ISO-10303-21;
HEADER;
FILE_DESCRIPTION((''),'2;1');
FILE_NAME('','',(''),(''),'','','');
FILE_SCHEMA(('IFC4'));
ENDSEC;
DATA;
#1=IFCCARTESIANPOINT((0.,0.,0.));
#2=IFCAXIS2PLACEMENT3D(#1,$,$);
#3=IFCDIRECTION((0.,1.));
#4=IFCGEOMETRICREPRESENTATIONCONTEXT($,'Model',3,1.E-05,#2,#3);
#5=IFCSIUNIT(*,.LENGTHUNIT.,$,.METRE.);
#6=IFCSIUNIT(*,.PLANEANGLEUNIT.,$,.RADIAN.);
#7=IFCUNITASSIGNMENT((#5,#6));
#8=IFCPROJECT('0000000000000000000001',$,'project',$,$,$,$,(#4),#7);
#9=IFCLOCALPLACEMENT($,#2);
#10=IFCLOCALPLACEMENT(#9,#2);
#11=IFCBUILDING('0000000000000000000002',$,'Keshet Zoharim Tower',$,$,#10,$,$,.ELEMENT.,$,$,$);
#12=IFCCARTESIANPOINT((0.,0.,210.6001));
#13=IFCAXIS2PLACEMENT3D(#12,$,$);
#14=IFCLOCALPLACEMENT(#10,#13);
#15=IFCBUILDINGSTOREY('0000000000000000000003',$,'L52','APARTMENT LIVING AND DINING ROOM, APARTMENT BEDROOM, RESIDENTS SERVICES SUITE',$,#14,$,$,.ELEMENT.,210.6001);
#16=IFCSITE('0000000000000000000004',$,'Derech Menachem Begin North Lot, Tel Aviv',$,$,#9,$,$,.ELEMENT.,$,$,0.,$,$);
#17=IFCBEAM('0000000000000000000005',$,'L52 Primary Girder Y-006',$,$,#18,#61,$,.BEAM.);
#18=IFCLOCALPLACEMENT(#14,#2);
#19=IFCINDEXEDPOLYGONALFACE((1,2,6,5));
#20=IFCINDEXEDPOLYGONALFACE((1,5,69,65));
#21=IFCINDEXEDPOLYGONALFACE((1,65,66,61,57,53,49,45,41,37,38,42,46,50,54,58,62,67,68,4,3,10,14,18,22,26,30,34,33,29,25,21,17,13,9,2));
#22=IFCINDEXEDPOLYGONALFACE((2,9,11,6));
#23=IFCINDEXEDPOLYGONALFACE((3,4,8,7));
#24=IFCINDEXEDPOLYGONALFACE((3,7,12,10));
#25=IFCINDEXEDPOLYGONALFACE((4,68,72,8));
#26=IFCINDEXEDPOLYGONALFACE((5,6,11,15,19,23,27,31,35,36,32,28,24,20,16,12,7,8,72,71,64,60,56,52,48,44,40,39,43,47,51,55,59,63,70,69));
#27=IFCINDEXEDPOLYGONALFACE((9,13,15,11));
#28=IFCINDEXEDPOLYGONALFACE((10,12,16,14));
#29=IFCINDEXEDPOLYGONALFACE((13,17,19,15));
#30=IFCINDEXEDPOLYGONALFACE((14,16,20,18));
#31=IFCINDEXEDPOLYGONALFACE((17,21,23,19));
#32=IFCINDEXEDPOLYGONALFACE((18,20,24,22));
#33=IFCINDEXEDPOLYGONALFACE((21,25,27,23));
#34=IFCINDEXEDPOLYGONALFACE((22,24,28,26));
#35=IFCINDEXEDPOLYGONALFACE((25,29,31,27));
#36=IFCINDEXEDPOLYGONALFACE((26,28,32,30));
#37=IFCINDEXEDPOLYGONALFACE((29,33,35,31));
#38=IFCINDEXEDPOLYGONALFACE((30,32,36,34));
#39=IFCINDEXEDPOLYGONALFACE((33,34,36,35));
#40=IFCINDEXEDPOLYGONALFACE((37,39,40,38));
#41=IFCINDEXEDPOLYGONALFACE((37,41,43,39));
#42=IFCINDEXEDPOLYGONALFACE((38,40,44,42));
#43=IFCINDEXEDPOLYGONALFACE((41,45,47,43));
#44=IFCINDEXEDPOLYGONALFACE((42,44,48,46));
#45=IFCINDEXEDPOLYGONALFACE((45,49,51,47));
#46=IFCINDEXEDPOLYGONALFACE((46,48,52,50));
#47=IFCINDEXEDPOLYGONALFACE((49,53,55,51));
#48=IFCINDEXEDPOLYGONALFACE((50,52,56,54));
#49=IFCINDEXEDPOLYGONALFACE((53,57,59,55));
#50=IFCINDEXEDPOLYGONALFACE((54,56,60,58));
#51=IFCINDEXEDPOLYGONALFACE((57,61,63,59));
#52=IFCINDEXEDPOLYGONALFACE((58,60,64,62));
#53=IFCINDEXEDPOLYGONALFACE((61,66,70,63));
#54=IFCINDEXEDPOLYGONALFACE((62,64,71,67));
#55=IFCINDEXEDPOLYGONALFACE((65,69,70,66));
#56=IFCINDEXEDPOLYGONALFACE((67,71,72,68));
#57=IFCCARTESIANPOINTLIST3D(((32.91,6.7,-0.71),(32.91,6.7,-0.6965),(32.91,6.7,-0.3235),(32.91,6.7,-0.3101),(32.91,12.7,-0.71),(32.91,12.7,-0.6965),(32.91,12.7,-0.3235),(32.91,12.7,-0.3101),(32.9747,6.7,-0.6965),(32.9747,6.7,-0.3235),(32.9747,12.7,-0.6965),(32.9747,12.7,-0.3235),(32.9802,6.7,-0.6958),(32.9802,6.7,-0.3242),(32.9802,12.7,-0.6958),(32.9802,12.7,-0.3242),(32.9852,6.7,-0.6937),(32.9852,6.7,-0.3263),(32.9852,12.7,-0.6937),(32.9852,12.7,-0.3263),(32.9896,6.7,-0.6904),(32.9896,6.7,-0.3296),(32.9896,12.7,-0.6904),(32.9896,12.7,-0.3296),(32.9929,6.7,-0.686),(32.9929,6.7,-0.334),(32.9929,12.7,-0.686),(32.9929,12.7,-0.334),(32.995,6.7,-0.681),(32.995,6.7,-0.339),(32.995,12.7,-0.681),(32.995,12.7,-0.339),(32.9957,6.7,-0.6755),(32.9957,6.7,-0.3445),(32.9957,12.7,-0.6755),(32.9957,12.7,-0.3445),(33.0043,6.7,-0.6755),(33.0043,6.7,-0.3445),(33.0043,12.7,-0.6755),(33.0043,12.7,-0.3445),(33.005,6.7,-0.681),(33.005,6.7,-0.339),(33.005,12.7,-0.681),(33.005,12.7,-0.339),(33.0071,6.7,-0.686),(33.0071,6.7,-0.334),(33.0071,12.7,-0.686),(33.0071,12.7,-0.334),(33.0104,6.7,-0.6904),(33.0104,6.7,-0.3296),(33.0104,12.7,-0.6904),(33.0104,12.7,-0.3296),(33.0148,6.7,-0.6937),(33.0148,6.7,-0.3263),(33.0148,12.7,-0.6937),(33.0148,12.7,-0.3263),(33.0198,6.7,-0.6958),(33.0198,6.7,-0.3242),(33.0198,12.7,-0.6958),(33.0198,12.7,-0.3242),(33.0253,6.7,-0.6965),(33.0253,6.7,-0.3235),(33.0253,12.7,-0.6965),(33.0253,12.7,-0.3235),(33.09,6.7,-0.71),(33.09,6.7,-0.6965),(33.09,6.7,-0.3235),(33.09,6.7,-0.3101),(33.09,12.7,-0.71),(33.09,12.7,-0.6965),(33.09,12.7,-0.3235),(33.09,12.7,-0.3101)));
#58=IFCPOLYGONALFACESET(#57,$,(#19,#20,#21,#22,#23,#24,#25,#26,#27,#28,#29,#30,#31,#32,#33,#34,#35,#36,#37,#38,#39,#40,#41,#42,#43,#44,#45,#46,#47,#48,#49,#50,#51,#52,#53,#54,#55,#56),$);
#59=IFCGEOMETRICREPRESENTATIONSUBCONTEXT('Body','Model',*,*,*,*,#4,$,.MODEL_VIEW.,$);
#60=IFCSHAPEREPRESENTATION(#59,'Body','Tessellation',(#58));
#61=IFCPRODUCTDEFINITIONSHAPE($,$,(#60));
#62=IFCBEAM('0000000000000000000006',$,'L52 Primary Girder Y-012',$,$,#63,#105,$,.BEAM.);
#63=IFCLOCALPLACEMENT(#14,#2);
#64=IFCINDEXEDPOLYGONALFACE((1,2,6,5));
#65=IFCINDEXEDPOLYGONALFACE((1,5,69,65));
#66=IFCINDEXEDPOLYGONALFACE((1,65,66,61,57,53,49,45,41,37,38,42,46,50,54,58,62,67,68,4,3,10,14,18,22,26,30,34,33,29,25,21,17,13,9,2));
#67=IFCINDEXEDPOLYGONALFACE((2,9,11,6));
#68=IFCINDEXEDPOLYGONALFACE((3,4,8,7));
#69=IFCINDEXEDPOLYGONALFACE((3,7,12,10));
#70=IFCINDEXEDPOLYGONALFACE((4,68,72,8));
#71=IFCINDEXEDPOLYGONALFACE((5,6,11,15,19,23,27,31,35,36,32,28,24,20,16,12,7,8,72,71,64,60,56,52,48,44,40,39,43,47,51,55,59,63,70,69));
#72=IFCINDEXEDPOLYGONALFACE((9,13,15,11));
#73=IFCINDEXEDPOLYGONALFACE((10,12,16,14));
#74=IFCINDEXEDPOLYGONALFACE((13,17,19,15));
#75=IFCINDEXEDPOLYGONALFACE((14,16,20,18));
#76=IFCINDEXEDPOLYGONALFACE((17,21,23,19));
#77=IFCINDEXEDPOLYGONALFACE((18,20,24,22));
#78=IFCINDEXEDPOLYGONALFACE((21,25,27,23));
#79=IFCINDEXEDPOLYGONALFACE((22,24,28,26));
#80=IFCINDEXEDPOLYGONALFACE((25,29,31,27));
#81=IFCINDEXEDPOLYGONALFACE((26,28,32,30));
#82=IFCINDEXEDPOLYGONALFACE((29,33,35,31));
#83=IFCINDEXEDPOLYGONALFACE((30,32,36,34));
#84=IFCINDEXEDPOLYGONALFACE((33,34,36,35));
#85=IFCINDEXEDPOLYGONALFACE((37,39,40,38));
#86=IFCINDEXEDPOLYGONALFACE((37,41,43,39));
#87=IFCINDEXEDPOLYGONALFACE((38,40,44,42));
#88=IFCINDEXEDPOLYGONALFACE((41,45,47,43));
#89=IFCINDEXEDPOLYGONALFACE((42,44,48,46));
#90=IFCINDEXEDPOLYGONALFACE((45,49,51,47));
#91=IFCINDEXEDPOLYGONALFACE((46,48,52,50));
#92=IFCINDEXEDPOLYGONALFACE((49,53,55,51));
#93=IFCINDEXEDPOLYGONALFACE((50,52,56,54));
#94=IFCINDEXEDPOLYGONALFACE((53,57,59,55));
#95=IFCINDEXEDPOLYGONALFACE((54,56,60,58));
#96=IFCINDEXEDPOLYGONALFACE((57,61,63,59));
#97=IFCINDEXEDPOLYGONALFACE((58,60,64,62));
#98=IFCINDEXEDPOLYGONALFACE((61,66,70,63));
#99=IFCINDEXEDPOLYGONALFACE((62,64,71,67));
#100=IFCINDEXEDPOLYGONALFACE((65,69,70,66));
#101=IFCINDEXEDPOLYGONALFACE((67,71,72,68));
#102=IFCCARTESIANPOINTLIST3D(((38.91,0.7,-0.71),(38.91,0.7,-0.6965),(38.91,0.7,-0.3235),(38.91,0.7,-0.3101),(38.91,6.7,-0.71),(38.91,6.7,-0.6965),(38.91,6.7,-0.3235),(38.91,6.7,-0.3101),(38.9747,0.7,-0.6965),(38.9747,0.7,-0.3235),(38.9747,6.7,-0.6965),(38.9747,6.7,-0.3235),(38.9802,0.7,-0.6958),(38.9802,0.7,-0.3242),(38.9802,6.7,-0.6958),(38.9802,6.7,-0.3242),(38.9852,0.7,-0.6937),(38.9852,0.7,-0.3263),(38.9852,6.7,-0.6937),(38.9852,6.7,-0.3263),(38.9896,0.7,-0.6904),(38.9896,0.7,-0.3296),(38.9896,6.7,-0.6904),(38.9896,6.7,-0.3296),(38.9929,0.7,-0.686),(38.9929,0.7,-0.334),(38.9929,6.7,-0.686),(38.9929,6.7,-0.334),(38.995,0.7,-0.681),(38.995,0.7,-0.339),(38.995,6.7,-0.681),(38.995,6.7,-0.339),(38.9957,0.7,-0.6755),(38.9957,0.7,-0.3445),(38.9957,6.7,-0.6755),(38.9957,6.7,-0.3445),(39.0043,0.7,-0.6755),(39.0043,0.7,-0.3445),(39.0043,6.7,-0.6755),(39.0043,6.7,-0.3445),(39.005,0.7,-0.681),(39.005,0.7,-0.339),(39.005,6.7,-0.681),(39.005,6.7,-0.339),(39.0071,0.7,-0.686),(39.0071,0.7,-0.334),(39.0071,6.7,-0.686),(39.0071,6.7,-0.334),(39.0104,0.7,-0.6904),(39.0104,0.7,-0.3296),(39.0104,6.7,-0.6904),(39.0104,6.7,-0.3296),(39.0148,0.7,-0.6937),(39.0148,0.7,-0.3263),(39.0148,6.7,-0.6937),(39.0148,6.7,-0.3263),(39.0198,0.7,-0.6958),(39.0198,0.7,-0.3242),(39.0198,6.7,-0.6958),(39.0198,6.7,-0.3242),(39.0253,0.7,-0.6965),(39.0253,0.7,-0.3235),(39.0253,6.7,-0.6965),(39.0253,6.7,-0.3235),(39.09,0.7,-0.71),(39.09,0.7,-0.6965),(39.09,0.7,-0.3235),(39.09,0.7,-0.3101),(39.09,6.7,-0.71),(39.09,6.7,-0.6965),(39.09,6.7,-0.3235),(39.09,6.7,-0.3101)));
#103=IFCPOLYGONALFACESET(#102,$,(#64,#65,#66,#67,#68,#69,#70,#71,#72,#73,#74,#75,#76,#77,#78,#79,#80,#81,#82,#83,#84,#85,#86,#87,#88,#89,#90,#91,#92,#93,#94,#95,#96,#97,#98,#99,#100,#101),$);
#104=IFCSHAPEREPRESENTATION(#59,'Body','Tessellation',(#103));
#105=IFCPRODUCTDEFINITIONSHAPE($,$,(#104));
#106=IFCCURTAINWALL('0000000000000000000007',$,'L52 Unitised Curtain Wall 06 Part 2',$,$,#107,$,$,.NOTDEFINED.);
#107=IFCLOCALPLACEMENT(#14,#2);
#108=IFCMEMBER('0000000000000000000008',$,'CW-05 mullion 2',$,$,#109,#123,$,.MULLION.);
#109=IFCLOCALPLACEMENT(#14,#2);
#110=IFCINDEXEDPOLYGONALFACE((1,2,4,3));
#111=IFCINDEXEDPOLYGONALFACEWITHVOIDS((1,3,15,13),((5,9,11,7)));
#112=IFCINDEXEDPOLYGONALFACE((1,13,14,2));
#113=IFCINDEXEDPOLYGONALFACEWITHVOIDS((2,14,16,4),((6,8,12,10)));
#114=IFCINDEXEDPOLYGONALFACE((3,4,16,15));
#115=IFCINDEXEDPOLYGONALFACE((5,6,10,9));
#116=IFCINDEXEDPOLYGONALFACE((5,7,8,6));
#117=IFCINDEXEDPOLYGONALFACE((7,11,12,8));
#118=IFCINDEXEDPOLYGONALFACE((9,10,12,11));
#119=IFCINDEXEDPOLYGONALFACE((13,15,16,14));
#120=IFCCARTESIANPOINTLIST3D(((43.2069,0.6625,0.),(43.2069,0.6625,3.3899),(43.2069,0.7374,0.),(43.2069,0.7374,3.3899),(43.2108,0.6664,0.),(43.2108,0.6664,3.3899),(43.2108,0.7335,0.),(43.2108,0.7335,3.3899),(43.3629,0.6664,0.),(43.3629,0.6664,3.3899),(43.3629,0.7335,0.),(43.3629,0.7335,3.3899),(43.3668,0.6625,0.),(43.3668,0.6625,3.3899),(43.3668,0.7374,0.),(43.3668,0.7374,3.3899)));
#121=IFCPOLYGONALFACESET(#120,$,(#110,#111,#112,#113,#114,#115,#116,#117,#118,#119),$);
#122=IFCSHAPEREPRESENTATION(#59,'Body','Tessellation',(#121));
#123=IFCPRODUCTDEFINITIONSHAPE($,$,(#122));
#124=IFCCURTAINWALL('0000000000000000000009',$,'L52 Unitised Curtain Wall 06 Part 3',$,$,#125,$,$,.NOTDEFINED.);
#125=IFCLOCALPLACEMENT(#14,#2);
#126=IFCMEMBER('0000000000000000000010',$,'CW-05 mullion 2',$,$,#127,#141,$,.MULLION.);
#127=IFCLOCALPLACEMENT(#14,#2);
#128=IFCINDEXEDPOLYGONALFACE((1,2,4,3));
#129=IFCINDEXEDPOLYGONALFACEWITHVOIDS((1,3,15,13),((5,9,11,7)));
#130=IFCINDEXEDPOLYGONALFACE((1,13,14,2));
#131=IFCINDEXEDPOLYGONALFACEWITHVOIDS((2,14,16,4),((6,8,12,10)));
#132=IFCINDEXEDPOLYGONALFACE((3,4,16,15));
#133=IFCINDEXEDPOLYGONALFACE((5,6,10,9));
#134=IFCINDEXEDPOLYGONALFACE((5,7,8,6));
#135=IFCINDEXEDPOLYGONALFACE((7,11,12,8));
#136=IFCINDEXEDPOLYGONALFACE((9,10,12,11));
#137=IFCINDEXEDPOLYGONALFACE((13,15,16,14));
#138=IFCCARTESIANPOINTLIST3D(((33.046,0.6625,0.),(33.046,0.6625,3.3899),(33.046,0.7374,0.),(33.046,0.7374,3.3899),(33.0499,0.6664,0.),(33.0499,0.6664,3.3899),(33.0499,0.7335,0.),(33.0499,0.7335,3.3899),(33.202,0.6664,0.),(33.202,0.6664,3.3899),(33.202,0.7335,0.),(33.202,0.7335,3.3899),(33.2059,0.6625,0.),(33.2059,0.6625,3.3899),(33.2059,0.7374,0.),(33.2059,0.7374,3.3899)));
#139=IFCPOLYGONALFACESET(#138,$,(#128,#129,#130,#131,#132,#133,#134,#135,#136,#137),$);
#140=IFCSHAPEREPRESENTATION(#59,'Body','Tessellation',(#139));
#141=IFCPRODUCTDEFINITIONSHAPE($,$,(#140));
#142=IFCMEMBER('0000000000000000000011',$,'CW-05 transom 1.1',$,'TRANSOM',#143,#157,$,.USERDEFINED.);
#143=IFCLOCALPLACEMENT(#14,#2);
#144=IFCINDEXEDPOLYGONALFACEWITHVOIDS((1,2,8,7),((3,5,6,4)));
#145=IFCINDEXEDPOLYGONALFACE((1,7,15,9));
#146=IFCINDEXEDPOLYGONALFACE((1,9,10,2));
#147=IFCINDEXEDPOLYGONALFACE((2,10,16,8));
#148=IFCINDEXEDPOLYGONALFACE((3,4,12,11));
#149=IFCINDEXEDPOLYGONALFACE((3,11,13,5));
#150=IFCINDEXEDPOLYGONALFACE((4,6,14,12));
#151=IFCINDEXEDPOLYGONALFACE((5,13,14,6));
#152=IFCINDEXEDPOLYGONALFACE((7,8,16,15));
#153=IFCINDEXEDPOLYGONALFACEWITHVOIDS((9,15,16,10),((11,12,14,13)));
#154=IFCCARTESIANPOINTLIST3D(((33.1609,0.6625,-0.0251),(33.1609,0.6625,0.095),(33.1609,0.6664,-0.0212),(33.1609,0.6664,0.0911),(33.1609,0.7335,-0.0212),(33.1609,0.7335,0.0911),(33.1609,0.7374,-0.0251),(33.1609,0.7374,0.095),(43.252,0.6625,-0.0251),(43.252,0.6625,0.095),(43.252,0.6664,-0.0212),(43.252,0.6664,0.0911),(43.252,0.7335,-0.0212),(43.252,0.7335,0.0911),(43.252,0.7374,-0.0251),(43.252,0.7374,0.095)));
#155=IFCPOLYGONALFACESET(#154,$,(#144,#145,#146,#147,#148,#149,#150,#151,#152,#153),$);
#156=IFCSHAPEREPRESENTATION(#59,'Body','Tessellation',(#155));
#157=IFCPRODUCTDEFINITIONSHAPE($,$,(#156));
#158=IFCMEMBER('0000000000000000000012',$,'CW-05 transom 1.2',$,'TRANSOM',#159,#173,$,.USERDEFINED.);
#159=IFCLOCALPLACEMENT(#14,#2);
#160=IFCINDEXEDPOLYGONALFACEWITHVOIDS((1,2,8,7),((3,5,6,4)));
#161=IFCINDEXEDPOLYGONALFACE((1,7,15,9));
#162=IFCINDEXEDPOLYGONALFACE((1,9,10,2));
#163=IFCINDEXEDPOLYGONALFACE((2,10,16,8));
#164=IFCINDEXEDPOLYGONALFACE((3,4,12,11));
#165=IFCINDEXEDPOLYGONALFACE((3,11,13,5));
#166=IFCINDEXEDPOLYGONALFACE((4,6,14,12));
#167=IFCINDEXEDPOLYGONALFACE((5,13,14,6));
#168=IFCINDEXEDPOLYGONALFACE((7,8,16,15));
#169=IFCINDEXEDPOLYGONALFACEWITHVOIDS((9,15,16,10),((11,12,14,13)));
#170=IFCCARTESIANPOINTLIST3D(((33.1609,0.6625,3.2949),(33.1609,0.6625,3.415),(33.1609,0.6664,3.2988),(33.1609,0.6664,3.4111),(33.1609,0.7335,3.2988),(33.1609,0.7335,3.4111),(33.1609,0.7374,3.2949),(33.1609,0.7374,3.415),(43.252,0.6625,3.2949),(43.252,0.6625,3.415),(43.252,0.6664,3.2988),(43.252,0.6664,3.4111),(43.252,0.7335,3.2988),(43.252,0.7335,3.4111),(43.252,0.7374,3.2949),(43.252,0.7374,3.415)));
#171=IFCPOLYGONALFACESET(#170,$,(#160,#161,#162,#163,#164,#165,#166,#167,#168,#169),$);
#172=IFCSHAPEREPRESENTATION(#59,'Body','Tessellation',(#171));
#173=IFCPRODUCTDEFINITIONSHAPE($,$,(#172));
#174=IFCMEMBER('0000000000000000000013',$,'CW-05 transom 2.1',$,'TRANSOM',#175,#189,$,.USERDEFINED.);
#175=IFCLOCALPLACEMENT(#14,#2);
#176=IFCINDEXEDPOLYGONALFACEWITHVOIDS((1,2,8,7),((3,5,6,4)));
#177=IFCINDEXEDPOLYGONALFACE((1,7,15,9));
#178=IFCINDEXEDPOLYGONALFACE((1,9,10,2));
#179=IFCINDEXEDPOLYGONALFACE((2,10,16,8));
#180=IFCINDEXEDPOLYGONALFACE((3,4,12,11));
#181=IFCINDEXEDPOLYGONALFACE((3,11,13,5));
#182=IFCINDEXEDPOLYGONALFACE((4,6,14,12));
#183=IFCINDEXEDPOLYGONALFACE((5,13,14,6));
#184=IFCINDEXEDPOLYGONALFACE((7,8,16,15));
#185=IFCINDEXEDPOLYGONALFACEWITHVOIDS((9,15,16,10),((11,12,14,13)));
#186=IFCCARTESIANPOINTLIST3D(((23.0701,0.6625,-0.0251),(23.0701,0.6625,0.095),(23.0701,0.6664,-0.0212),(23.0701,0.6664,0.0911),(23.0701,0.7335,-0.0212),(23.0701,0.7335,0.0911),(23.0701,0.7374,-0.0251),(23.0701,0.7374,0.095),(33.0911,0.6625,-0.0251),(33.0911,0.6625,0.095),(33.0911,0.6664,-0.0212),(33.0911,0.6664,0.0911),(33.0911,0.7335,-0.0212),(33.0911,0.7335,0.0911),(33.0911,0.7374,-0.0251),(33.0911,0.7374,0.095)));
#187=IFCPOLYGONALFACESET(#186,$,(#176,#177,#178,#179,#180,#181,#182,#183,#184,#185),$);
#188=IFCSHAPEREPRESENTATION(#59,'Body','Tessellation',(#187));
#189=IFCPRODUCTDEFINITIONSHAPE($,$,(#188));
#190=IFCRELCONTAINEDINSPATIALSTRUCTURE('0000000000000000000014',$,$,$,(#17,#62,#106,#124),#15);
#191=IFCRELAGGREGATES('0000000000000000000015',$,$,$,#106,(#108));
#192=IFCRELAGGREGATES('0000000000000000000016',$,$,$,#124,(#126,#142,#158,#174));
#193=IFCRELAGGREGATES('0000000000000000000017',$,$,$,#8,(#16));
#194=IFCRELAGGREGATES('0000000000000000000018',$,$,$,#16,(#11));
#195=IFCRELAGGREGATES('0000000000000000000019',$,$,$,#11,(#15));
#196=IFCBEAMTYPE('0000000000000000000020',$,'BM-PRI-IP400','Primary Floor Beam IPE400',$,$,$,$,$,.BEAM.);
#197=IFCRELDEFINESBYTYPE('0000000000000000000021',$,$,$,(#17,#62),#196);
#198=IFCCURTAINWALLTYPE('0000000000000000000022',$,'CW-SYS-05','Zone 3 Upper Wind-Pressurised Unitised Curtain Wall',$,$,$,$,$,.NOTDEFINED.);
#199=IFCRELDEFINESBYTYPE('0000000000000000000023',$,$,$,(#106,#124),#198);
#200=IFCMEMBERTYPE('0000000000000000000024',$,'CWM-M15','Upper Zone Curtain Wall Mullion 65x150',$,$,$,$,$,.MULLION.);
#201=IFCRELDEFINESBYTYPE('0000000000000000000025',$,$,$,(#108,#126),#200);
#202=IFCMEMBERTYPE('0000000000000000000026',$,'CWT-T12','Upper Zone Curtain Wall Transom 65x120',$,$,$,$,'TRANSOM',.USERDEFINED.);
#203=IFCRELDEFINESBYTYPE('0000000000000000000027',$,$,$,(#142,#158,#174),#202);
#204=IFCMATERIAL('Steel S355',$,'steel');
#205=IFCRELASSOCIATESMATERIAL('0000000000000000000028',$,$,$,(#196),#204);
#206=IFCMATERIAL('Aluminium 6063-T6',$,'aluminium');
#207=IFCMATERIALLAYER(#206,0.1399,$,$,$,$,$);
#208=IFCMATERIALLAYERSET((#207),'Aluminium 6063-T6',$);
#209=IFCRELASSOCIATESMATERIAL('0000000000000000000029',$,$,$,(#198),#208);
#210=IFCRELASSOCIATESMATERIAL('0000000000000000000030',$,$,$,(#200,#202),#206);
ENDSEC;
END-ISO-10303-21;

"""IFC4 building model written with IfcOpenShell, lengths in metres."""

from ifc_helpers import new_model, si_unit, direction, frame, origin, origin_2d, place, context, subcontext, project, spatial, hollow_rectangle, i_section, extrude, material, layer, layer_set, material_profile, profile_set, type_object, element, aggregate, save


model = new_model("IFC4")

# Units and contexts
model_context = context("Model", 3, precision=1e-05, world=origin(), true_north=direction((0.0, 1.0)))
body_context = subcontext(model_context, "Body", "Model", "MODEL_VIEW")
ifc_project = project(units=[si_unit("LENGTHUNIT", "METRE"), si_unit("PLANEANGLEUNIT", "RADIAN")], contexts=[model_context])

# Site, building, storey
site_placement = place(None, origin())
site = spatial("IfcSite", under=ifc_project, at=site_placement, Name="Derech Menachem Begin North Lot, Tel Aviv", CompositionType="ELEMENT", RefElevation=0.0)
building_placement = place(site_placement, origin())
building = spatial("IfcBuilding", under=site, at=building_placement, Name="Keshet Zoharim Tower", CompositionType="ELEMENT")
storey_placement = place(building_placement, frame((0.0, 0.0, 210.6001)))
storey = spatial("IfcBuildingStorey", under=building, at=storey_placement, Name="L52", Description="APARTMENT LIVING AND DINING ROOM, APARTMENT BEDROOM, RESIDENTS SERVICES SUITE", CompositionType="ELEMENT", Elevation=210.6001)

# Shared definitions
ifc_material_1 = material(Name="Steel S355", Category="steel")

# Beams
ifc_material_profile_1 = material_profile(ifc_material_1, i_section(OverallWidth=0.1799, OverallDepth=0.3999, WebThickness=0.0085, FlangeThickness=0.0134, FilletRadius=0.021, at=origin_2d()), Name="IPE400")
ifc_profile_set_1 = profile_set([ifc_material_profile_1], Name="Steel S355")
beam_type_1 = type_object("IfcBeamType", Name="BM-PRI-IP400", Description="Primary Floor Beam IPE400", PredefinedType="BEAM", material=ifc_profile_set_1)
for number, where, z_axis, x_axis, name in (
    (1, (33.0, 6.7, -0.51), (0.0, 1.0, 0.0), (-1.0, 0.0, 0.0), "L52 Primary Girder Y-006"),
    (2, (39.0, 0.7, -0.51), (0.0, 1.0, 0.0), (-1.0, 0.0, 0.0), "L52 Primary Girder Y-012"),
):
    element("IfcBeam", number, at=place(storey_placement, frame(where, z_axis=z_axis, x_axis=x_axis)), inside=storey, type_object=beam_type_1, Name=name, PredefinedType="BEAM", context=body_context, shape_type="SweptSolid", body=[
        extrude(i_section(OverallWidth=0.1799, OverallDepth=0.3999, WebThickness=0.0085, FlangeThickness=0.0134, FilletRadius=0.021, at=origin_2d()), origin(), (0.0, 0.0, 1.0), 6.0),
    ])

# Curtain wall, member
ifc_material_2 = material(Name="Aluminium 6063-T6", Category="aluminium")
ifc_layer_1 = layer(ifc_material_2, 0.1399)
ifc_layer_set_1 = layer_set([ifc_layer_1], Name="Aluminium 6063-T6")
curtain_wall_type = type_object("IfcCurtainWallType", Name="CW-SYS-05", Description="Zone 3 Upper Wind-Pressurised Unitised Curtain Wall", PredefinedType="NOTDEFINED", material=ifc_layer_set_1)
curtain_wall_1_placement = place(storey_placement, origin())
curtain_wall_1 = element("IfcCurtainWall", 3, at=curtain_wall_1_placement, inside=storey, type_object=curtain_wall_type, Name="L52 Unitised Curtain Wall 06 Part 2", PredefinedType="NOTDEFINED")
ifc_material_profile_2 = material_profile(ifc_material_2, hollow_rectangle(XDim=0.075, YDim=0.1599, WallThickness=0.0039, at=origin_2d()), Name="MUL-75x160")
ifc_profile_set_2 = profile_set([ifc_material_profile_2], Name="Aluminium 6063-T6")
member_type_1 = type_object("IfcMemberType", Name="CWM-M15", Description="Upper Zone Curtain Wall Mullion 65x150", PredefinedType="MULLION", material=ifc_profile_set_2)
member_1_placement = place(storey_placement, frame((43.2869, 0.7, 0.0), z_axis=(0.0, 0.0, 1.0), x_axis=(0.0, -1.0, 0.0)))
member_1 = element("IfcMember", 4, at=member_1_placement, type_object=member_type_1, Name="CW-05 mullion 2", PredefinedType="MULLION", context=body_context, shape_type="SweptSolid", body=[
    extrude(hollow_rectangle(XDim=0.075, YDim=0.1599, WallThickness=0.0039, at=origin_2d()), origin(), (0.0, 0.0, 1.0), 3.3899),
])
aggregate(curtain_wall_1, [member_1])

# Curtain wall, members
curtain_wall_2_placement = place(storey_placement, origin())
curtain_wall_2 = element("IfcCurtainWall", 5, at=curtain_wall_2_placement, inside=storey, type_object=curtain_wall_type, Name="L52 Unitised Curtain Wall 06 Part 3", PredefinedType="NOTDEFINED")
member_2_placement = place(storey_placement, frame((33.126, 0.7, 0.0), z_axis=(0.0, 0.0, 1.0), x_axis=(0.0, -1.0, 0.0)))
member_2 = element("IfcMember", 6, at=member_2_placement, type_object=member_type_1, Name="CW-05 mullion 2", PredefinedType="MULLION", context=body_context, shape_type="SweptSolid", body=[
    extrude(hollow_rectangle(XDim=0.075, YDim=0.1599, WallThickness=0.0039, at=origin_2d()), origin(), (0.0, 0.0, 1.0), 3.3899),
])
ifc_material_profile_3 = material_profile(ifc_material_2, hollow_rectangle(XDim=0.075, YDim=0.1201, WallThickness=0.0039, at=origin_2d()), Name="TRN-75x120")
ifc_profile_set_3 = profile_set([ifc_material_profile_3], Name="Aluminium 6063-T6")
member_type_2 = type_object("IfcMemberType", Name="CWT-T12", Description="Upper Zone Curtain Wall Transom 65x120", ElementType="TRANSOM", PredefinedType="USERDEFINED", material=ifc_profile_set_3)
member_3_placement = place(storey_placement, frame((43.252, 0.7, 0.0349), z_axis=(-1.0, 0.0, 0.0), x_axis=(0.0, -1.0, 0.0)))
member_3 = element("IfcMember", 7, at=member_3_placement, type_object=member_type_2, Name="CW-05 transom 1.1", ObjectType="TRANSOM", PredefinedType="USERDEFINED", context=body_context, shape_type="SweptSolid", body=[
    extrude(hollow_rectangle(XDim=0.075, YDim=0.1201, WallThickness=0.0039, at=origin_2d()), origin(), (0.0, 0.0, 1.0), 10.0911),
])
member_4_placement = place(storey_placement, frame((43.252, 0.7, 3.355), z_axis=(-1.0, 0.0, 0.0), x_axis=(0.0, -1.0, 0.0)))
member_4 = element("IfcMember", 8, at=member_4_placement, type_object=member_type_2, Name="CW-05 transom 1.2", ObjectType="TRANSOM", PredefinedType="USERDEFINED", context=body_context, shape_type="SweptSolid", body=[
    extrude(hollow_rectangle(XDim=0.075, YDim=0.1201, WallThickness=0.0039, at=origin_2d()), origin(), (0.0, 0.0, 1.0), 10.0911),
])
member_5_placement = place(storey_placement, frame((33.0911, 0.7, 0.0349), z_axis=(-1.0, 0.0, 0.0), x_axis=(0.0, -1.0, 0.0)))
member_5 = element("IfcMember", 9, at=member_5_placement, type_object=member_type_2, Name="CW-05 transom 2.1", ObjectType="TRANSOM", PredefinedType="USERDEFINED", context=body_context, shape_type="SweptSolid", body=[
    extrude(hollow_rectangle(XDim=0.075, YDim=0.1201, WallThickness=0.0039, at=origin_2d()), origin(), (0.0, 0.0, 1.0), 10.021),
])
aggregate(curtain_wall_2, [member_2, member_3, member_4, member_5])

save(model, "model.ifc")
